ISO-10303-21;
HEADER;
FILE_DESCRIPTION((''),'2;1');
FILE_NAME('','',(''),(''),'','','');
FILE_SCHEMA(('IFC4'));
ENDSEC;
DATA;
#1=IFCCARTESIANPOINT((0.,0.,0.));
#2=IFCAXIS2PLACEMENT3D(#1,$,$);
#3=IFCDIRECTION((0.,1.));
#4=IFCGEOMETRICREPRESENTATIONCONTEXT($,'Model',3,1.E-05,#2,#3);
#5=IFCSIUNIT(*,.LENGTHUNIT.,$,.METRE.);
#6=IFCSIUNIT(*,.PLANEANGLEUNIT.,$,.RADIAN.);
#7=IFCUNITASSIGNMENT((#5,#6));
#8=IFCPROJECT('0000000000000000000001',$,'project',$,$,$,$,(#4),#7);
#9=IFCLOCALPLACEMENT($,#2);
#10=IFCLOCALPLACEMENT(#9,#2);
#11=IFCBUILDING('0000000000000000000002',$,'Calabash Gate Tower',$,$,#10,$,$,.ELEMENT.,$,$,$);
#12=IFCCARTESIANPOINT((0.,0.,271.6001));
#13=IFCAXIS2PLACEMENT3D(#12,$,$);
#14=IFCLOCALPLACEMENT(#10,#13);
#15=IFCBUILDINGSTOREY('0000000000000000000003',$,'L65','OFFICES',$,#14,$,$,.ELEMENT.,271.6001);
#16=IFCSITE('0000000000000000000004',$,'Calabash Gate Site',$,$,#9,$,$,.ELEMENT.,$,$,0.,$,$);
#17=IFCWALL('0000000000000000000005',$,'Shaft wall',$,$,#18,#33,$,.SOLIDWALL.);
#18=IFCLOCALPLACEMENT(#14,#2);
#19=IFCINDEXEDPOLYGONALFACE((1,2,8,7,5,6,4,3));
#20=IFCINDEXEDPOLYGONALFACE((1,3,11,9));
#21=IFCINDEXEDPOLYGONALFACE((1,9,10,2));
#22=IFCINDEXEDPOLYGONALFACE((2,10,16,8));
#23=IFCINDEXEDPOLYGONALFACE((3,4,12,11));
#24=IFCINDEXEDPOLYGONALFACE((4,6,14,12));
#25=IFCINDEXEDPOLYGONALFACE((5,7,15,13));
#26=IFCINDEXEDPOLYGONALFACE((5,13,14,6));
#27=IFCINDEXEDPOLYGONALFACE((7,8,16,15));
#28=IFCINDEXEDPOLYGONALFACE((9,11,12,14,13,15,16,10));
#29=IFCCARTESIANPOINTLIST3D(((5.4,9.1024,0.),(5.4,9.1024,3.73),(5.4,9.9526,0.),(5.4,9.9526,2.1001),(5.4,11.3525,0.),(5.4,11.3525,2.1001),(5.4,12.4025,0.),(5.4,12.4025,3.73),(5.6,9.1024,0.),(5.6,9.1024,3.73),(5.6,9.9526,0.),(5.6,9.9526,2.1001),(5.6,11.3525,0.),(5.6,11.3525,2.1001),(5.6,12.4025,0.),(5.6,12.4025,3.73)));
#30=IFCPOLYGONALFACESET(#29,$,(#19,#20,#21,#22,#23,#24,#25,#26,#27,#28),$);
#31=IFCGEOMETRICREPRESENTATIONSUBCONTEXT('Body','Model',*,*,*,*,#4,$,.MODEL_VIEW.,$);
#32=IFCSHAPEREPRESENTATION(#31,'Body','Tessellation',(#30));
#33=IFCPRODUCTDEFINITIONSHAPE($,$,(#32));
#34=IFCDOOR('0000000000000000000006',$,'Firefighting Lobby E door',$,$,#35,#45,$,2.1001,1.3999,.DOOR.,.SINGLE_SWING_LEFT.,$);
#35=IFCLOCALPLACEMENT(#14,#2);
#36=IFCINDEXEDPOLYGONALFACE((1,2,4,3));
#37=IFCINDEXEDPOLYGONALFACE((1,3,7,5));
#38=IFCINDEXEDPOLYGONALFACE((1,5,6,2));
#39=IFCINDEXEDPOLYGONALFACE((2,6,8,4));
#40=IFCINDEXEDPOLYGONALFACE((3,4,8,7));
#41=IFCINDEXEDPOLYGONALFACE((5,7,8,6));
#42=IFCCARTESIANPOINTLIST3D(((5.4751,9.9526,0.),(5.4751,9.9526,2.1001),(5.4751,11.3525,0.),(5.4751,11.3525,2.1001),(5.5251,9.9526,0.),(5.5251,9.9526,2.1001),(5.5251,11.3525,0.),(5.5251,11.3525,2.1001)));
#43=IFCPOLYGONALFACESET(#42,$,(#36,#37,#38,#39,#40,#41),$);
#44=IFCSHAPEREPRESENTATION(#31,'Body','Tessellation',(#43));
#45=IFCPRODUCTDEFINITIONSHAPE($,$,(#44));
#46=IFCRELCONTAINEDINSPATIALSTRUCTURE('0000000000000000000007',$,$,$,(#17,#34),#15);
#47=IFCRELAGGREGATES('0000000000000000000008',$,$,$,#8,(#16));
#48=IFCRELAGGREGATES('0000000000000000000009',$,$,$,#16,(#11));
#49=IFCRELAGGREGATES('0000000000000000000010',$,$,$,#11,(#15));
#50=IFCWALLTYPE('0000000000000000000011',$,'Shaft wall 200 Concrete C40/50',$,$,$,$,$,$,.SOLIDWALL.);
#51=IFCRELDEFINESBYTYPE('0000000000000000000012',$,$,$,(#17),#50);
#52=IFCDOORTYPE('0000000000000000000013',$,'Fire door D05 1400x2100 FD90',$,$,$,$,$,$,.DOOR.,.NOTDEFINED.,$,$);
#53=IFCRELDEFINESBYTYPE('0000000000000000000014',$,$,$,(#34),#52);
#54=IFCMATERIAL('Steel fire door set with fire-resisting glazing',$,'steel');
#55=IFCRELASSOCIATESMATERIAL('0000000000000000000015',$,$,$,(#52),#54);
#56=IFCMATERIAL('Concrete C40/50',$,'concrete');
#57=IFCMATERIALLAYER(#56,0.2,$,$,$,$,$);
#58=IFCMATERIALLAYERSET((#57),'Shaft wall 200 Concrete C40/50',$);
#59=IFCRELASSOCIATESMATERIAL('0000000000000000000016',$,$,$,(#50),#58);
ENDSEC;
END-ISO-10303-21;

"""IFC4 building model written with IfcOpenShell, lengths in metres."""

from ifc_helpers import new_model, si_unit, direction, frame, frame_2d, origin, place, context, subcontext, project, spatial, rectangle, extrude, material, layer, layer_set, type_object, element, fill, save


model = new_model("IFC4")

# Units and contexts
model_context = context("Model", 3, precision=1e-05, world=origin(), true_north=direction((0.0, 1.0)))
body_context = subcontext(model_context, "Body", "Model", "MODEL_VIEW")
ifc_project = project(units=[si_unit("LENGTHUNIT", "METRE"), si_unit("PLANEANGLEUNIT", "RADIAN")], contexts=[model_context])

# Site, building, storey
site_placement = place(None, origin())
site = spatial("IfcSite", under=ifc_project, at=site_placement, Name="Calabash Gate Site", CompositionType="ELEMENT", RefElevation=0.0)
building_placement = place(site_placement, origin())
building = spatial("IfcBuilding", under=site, at=building_placement, Name="Calabash Gate Tower", CompositionType="ELEMENT")
storey_placement = place(building_placement, frame((0.0, 0.0, 271.6001)))
storey = spatial("IfcBuildingStorey", under=building, at=storey_placement, Name="L65", Description="OFFICES", CompositionType="ELEMENT", Elevation=271.6001)

# Shared definitions
ifc_material_1 = material(Name="Steel fire door set with fire-resisting glazing", Category="steel")
door_type_1 = type_object("IfcDoorType", Name="Fire door D05 1400x2100 FD90", OperationType="NOTDEFINED", PredefinedType="DOOR", material=ifc_material_1)

# Shared definitions
ifc_material_2 = material(Name="Concrete C40/50", Category="concrete")
ifc_layer_1 = layer(ifc_material_2, 0.2)
ifc_layer_set_1 = layer_set([ifc_layer_1], Name="Shaft wall 200 Concrete C40/50")
wall_type_1 = type_object("IfcWallType", Name="Shaft wall 200 Concrete C40/50", PredefinedType="SOLIDWALL", material=ifc_layer_set_1)

# Wall, opening, door
wall_1_placement = place(storey_placement, frame((5.5, 9.1025, 0.0), z_axis=(0.0, 0.0, 1.0), x_axis=(0.0, 1.0, 0.0)))
wall_1 = element("IfcWall", 1, at=wall_1_placement, inside=storey, type_object=wall_type_1, Name="Shaft wall", PredefinedType="SOLIDWALL", context=body_context, shape_type="SweptSolid", body=[
    extrude(rectangle(XDim=3.3, YDim=0.2, at=frame_2d((1.6499, 0.0))), origin(), (0.0, 0.0, 1.0), 3.73),
])
opening_1_placement = place(wall_1_placement, frame((0.8501, 0.0, 0.0)))
opening_1 = element("IfcOpeningElement", 2, at=opening_1_placement, cuts=wall_1, PredefinedType="OPENING", context=body_context, shape_type="SweptSolid", body=[
    extrude(rectangle(XDim=1.3999, YDim=2.1001, at=frame_2d((0.7, 1.05))), frame((0.0, 0.1099, 0.0), z_axis=(0.0, -1.0, 0.0), x_axis=(1.0, 0.0, 0.0)), (0.0, 0.0, 1.0), 0.22),
])
door_1_placement = place(opening_1_placement, origin())
door_1 = element("IfcDoor", 3, at=door_1_placement, inside=storey, type_object=door_type_1, Name="Firefighting Lobby E door", OperationType="SINGLE_SWING_LEFT", OverallHeight=2.1001, OverallWidth=1.3999, PredefinedType="DOOR", context=body_context, shape_type="SweptSolid", body=[
    extrude(rectangle(XDim=1.3999, YDim=2.1001, at=frame_2d((0.7, 1.05))), frame((0.0, 0.0249, 0.0), z_axis=(0.0, -1.0, 0.0), x_axis=(1.0, 0.0, 0.0)), (0.0, 0.0, 1.0), 0.05),
])
fill(opening_1, door_1)

save(model, "model.ifc")
